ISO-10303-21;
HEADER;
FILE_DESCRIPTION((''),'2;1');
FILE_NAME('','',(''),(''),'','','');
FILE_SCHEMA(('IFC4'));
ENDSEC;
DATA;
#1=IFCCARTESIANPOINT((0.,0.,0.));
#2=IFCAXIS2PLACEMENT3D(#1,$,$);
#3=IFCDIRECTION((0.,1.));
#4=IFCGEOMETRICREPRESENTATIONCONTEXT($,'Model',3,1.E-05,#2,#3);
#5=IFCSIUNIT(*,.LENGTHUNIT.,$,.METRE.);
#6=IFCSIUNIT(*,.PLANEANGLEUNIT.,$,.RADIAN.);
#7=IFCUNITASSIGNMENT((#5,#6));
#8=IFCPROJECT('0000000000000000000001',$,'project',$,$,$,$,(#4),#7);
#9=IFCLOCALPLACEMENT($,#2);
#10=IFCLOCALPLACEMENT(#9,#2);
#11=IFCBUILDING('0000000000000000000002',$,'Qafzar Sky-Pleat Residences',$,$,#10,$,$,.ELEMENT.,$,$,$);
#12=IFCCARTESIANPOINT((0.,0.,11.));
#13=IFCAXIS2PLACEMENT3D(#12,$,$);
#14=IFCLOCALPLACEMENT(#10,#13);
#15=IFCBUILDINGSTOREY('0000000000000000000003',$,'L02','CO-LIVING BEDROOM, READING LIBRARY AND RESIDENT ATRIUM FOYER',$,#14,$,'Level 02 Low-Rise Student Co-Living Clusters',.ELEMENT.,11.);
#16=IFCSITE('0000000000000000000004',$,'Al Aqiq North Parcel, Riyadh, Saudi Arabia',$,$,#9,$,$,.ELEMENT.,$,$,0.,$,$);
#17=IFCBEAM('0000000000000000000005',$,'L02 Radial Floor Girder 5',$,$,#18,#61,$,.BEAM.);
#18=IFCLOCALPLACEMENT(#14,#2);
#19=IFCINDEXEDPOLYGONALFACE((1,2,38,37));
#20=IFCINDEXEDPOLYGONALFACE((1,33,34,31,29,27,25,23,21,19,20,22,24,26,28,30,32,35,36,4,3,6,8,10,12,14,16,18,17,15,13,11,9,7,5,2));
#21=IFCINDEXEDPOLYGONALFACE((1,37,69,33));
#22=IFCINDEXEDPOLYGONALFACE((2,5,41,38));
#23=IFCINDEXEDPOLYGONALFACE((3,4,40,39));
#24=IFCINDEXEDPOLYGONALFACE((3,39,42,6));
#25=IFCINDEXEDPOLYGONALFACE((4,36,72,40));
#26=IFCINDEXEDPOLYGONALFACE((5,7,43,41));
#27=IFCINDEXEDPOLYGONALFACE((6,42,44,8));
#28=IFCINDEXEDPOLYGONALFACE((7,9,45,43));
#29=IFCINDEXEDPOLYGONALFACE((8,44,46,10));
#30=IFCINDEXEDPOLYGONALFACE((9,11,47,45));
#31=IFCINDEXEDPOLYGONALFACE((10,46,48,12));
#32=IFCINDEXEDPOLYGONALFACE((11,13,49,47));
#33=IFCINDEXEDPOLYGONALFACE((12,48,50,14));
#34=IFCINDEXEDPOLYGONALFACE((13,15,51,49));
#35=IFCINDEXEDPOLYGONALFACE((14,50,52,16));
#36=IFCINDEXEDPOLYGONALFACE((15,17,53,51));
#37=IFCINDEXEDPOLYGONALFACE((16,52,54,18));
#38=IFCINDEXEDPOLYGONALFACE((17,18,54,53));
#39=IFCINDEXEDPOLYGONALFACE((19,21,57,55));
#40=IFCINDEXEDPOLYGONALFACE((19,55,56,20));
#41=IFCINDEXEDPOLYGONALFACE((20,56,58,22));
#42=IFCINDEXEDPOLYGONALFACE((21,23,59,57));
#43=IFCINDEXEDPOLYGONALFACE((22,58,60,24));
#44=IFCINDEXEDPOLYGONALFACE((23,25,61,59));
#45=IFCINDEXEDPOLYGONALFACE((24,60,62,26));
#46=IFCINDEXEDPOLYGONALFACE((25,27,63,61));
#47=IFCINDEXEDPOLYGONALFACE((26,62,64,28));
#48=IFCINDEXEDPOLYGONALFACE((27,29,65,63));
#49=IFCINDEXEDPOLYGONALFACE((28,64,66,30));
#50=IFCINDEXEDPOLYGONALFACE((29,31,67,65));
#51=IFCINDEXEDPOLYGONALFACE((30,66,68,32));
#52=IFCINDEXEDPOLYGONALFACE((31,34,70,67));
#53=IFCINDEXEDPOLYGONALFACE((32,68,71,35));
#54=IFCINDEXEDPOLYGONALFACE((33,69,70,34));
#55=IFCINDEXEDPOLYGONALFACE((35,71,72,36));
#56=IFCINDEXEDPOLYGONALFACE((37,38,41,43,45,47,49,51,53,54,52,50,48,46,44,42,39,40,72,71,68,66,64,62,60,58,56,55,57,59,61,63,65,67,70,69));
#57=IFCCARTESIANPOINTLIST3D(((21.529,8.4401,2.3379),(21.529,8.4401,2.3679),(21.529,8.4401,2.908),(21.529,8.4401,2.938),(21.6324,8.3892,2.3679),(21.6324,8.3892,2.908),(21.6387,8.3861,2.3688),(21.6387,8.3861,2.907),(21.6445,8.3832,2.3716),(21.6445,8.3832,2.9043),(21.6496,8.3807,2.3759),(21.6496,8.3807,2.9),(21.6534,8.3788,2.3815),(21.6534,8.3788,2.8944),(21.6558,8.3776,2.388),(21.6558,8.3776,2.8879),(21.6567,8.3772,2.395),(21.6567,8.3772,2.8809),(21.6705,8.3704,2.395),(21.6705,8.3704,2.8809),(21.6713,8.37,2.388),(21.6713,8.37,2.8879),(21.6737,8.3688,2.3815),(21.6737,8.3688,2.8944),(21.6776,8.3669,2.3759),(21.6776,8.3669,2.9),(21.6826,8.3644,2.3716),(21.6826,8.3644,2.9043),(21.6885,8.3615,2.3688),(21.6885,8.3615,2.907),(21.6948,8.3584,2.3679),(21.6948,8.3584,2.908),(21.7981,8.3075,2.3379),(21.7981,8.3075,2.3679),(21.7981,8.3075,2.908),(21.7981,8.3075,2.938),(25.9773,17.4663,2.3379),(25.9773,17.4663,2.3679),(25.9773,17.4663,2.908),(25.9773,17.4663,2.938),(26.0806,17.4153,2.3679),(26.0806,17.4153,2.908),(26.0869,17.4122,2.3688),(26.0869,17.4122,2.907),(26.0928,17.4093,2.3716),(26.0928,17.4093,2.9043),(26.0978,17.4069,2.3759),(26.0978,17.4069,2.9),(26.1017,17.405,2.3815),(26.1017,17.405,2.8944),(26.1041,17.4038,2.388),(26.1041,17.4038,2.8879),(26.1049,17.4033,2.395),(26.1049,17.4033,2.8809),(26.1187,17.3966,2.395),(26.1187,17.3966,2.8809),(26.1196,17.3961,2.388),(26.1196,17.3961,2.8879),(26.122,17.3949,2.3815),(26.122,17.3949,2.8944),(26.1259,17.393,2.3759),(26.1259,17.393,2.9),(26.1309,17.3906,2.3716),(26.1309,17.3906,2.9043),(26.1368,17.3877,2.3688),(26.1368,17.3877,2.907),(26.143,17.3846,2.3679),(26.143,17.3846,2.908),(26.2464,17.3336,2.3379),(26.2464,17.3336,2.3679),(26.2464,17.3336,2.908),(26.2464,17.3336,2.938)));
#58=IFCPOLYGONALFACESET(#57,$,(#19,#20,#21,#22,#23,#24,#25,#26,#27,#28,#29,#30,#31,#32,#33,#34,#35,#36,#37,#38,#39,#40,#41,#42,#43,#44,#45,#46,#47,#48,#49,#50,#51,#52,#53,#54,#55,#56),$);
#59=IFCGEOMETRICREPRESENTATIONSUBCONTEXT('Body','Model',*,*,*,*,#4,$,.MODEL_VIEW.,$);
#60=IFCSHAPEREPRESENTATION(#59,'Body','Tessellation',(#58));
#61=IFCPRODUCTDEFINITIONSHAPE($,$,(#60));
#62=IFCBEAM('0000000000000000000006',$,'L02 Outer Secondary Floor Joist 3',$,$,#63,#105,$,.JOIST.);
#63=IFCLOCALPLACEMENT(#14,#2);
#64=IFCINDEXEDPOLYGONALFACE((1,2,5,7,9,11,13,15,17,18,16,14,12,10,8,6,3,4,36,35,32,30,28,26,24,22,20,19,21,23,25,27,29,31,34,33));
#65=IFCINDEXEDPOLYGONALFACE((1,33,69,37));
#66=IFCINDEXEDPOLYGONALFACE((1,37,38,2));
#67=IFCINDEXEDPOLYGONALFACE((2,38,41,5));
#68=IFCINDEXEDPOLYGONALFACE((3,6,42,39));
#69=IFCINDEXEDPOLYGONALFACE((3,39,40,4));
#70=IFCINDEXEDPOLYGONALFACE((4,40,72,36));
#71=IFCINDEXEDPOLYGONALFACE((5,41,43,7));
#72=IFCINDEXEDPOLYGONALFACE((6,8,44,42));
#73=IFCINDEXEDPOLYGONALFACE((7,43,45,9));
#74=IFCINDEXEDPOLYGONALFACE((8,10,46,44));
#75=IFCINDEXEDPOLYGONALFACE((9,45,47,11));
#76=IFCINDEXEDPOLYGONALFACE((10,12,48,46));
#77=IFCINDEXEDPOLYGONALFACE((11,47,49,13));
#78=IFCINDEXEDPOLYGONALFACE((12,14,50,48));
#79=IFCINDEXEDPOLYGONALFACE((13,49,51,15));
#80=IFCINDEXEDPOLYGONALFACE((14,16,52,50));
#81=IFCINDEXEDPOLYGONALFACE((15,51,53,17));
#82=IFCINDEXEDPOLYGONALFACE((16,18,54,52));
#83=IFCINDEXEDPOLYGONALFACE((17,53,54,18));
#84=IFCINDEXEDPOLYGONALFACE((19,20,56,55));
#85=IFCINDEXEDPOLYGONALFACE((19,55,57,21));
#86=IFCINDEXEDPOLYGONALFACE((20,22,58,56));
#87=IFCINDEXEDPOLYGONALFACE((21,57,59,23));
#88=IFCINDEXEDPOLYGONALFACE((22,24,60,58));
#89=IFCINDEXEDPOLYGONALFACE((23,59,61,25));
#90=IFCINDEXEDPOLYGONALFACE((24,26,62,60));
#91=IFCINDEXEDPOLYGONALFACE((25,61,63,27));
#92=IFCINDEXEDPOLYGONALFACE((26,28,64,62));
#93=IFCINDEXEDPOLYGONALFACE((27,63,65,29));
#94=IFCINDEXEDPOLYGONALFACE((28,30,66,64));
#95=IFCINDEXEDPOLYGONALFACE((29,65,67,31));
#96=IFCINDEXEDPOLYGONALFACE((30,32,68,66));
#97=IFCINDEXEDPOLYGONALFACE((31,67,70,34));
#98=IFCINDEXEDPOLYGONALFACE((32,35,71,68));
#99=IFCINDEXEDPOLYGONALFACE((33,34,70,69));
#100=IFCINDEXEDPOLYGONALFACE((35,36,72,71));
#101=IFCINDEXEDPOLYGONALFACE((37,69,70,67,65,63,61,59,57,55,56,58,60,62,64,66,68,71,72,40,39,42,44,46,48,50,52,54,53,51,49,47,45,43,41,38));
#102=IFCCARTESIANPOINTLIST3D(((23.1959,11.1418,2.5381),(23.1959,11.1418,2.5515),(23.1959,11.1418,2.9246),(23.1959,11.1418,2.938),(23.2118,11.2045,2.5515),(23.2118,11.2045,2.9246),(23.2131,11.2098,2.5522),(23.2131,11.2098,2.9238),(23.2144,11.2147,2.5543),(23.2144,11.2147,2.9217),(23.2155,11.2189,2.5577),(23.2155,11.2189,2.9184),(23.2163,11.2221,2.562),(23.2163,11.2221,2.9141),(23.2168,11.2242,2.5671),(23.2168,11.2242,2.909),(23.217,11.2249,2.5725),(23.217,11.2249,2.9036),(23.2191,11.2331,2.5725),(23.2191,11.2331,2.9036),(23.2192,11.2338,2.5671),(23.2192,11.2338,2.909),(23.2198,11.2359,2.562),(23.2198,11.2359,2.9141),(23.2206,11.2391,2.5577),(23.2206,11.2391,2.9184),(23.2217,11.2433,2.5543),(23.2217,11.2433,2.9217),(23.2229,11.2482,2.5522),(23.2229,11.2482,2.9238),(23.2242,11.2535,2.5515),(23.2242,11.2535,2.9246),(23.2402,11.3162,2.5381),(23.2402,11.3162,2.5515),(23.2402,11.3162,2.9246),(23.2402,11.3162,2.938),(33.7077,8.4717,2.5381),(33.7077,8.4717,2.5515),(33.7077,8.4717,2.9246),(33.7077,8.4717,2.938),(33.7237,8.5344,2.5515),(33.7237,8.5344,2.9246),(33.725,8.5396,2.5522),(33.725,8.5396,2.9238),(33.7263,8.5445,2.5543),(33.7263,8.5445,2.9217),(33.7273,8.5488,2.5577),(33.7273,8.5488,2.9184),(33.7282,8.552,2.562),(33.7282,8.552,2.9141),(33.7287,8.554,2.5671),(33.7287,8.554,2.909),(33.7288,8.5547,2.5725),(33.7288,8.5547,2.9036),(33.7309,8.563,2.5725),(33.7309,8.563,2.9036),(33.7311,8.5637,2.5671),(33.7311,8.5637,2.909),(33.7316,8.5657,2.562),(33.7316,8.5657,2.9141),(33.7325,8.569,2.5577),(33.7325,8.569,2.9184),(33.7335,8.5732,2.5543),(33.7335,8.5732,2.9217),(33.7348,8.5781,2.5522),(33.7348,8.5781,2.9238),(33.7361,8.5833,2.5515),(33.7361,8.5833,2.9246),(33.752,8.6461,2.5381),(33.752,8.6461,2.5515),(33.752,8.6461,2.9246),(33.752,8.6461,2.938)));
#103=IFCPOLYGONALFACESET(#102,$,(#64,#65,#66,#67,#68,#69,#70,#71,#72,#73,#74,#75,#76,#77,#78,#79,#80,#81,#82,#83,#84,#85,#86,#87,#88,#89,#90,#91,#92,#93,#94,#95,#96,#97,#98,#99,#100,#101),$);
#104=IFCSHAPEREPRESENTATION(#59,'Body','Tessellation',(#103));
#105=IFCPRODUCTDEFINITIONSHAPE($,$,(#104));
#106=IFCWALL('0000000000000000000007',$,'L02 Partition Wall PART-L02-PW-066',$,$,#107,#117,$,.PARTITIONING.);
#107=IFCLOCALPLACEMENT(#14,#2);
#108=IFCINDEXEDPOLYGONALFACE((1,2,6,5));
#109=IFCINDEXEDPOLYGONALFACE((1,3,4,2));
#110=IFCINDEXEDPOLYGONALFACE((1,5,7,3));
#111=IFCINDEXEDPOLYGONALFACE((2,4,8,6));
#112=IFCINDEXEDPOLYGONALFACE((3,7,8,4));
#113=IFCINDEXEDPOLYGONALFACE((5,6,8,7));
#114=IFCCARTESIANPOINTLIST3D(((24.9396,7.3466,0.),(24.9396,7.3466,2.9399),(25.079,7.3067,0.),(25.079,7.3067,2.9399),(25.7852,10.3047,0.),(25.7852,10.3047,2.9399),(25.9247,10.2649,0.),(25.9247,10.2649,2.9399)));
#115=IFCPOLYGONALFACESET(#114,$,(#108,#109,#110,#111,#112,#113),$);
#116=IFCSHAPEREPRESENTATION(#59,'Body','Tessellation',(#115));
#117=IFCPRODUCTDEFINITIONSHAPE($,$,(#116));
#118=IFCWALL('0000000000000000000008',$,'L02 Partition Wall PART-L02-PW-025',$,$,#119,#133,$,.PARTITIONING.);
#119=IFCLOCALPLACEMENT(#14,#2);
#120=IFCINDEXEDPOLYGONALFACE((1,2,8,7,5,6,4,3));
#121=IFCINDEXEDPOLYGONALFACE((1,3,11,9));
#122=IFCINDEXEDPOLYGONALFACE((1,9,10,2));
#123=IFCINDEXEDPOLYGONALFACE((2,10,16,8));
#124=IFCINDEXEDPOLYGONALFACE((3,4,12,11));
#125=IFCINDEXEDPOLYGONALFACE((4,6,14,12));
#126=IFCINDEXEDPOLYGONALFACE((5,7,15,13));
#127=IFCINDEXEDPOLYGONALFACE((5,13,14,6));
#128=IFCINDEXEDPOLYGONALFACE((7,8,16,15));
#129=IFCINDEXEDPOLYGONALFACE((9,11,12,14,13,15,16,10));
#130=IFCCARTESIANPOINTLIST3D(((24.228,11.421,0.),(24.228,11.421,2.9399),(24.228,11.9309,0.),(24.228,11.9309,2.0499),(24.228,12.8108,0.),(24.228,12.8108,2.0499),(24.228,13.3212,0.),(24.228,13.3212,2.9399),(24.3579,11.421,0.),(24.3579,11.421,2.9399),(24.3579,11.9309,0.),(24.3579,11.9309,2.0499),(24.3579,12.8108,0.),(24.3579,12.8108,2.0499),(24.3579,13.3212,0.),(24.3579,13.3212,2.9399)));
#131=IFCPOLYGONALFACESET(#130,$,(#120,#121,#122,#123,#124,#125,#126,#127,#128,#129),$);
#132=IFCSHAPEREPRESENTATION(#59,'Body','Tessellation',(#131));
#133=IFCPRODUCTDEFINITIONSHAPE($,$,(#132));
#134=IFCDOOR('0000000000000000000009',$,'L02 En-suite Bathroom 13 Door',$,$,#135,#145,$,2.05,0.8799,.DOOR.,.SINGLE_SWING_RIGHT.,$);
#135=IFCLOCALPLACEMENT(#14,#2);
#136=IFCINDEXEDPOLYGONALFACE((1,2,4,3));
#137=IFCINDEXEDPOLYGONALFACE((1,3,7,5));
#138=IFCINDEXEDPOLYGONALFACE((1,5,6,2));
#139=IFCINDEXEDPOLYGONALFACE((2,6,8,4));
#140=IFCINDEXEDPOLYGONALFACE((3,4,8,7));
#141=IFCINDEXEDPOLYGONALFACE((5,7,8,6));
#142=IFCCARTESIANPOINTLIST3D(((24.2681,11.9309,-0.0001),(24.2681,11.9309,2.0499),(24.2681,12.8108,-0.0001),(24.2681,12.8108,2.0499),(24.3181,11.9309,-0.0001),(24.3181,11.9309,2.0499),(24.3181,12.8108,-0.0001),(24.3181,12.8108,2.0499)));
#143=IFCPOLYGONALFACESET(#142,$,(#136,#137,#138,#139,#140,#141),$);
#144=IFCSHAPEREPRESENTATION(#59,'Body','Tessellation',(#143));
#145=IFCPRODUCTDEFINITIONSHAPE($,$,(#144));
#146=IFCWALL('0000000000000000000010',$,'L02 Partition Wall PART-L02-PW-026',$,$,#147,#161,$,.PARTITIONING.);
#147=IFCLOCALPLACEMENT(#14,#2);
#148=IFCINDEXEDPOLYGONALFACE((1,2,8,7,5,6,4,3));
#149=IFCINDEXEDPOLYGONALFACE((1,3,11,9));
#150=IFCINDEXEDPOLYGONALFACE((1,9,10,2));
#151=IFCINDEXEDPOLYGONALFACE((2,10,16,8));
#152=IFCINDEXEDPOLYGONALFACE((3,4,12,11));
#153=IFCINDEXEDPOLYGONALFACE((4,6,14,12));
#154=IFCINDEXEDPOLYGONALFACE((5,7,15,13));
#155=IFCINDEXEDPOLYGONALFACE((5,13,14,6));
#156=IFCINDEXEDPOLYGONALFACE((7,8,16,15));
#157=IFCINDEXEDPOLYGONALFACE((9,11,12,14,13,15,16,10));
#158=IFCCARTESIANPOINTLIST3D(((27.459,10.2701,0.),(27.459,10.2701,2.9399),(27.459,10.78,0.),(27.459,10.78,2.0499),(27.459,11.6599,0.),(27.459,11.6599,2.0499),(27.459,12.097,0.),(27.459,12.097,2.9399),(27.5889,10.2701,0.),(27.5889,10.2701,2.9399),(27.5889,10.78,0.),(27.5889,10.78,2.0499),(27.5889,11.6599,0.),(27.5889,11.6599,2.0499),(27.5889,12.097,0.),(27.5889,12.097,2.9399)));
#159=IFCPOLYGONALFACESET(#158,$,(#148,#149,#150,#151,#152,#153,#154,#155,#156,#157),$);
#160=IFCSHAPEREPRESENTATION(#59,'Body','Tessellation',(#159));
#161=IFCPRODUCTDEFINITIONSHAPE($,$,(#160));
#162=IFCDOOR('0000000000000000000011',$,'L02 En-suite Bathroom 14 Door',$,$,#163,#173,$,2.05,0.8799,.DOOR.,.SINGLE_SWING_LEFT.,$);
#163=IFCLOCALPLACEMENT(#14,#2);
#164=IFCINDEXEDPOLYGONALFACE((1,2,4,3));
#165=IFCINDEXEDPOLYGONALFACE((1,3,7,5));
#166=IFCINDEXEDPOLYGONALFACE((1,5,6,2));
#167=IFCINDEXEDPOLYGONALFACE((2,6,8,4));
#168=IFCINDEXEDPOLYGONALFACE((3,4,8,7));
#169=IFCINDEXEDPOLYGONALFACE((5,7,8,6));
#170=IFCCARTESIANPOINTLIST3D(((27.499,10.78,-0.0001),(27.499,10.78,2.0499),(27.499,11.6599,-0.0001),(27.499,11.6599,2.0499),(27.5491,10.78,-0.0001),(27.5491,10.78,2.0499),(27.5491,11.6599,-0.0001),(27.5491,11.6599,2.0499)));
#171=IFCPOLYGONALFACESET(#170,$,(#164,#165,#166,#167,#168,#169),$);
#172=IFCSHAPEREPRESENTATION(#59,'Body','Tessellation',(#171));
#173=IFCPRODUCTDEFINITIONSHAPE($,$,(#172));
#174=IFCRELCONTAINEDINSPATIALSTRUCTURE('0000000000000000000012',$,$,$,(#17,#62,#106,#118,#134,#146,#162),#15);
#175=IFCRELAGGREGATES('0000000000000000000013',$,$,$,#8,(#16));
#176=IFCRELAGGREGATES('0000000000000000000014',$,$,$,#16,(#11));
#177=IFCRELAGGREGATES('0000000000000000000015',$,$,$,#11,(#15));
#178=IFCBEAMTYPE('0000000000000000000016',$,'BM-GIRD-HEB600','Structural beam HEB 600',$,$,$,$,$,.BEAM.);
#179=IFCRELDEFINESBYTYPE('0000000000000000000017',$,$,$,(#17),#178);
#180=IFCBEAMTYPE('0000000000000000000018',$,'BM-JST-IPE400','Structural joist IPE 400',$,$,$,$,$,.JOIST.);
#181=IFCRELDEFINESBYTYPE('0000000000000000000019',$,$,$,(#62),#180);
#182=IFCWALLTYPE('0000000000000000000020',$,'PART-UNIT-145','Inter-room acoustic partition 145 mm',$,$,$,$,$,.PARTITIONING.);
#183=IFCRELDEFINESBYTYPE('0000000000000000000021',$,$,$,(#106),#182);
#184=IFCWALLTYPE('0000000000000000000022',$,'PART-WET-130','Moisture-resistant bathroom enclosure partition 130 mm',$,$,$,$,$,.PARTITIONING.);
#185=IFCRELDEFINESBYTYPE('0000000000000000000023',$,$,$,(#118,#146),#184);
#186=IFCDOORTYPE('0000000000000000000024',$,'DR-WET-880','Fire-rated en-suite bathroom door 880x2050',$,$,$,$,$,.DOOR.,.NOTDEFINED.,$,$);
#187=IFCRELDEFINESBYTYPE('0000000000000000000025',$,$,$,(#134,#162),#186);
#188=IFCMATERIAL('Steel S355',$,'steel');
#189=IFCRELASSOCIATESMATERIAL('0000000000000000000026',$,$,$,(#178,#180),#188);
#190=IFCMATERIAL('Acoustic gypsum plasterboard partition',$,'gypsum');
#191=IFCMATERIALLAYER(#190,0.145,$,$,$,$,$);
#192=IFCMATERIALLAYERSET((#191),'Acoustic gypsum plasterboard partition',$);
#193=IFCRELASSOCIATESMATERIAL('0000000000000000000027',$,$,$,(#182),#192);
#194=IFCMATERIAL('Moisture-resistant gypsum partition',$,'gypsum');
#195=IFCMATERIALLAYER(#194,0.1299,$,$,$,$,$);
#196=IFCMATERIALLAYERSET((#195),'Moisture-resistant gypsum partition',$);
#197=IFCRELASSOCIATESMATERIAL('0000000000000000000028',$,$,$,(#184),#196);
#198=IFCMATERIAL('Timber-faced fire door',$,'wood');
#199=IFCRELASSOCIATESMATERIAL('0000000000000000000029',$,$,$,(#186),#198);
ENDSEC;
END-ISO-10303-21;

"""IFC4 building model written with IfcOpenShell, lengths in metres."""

from ifc_helpers import new_model, si_unit, direction, frame, frame_2d, origin, origin_2d, place, context, subcontext, project, spatial, rectangle, i_section, extrude, source, transform, mapped, material, layer, layer_set, material_profile, profile_set, type_object, element, fill, save


model = new_model("IFC4")

# Units and contexts
model_context = context("Model", 3, precision=1e-05, world=origin(), true_north=direction((0.0, 1.0)))
body_context = subcontext(model_context, "Body", "Model", "MODEL_VIEW")
ifc_project = project(units=[si_unit("LENGTHUNIT", "METRE"), si_unit("PLANEANGLEUNIT", "RADIAN")], contexts=[model_context])

# Site, building, storey
site_placement = place(None, origin())
site = spatial("IfcSite", under=ifc_project, at=site_placement, Name="Al Aqiq North Parcel, Riyadh, Saudi Arabia", CompositionType="ELEMENT", RefElevation=0.0)
building_placement = place(site_placement, origin())
building = spatial("IfcBuilding", under=site, at=building_placement, Name="Qafzar Sky-Pleat Residences", CompositionType="ELEMENT")
storey_placement = place(building_placement, frame((0.0, 0.0, 11.0)))
storey = spatial("IfcBuildingStorey", under=building, at=storey_placement, Name="L02", Description="CO-LIVING BEDROOM, READING LIBRARY AND RESIDENT ATRIUM FOYER", LongName="Level 02 Low-Rise Student Co-Living Clusters", CompositionType="ELEMENT", Elevation=11.0)

# Beams
ifc_material_1 = material(Name="Steel S355", Category="steel")
ifc_material_profile_1 = material_profile(ifc_material_1, i_section(OverallWidth=0.3, OverallDepth=0.6001, WebThickness=0.0154, FlangeThickness=0.03, FilletRadius=0.0271, at=origin_2d()), Name="HEB 600")
ifc_profile_set_1 = profile_set([ifc_material_profile_1], Name="Steel S355")
beam_type_1 = type_object("IfcBeamType", Name="BM-GIRD-HEB600", Description="Structural beam HEB 600", PredefinedType="BEAM", material=ifc_profile_set_1)
shared_shape_1 = source(origin(), body_context, "Body", "SweptSolid", [
    extrude(i_section(OverallWidth=0.3, OverallDepth=0.6001, WebThickness=0.0154, FlangeThickness=0.03, FilletRadius=0.0271, at=origin_2d()), origin(), (0.0, 0.0, 1.0), 10.0627),
])
beam_1_placement = place(storey_placement, frame((21.6636, 8.3738, 2.6379), z_axis=(0.442053, 0.896989, 0.0), x_axis=(-0.896989, 0.442053, 0.0)))
element("IfcBeam", 1, at=beam_1_placement, inside=storey, type_object=beam_type_1, Name="L02 Radial Floor Girder 5", PredefinedType="BEAM", context=body_context, shape_type="MappedRepresentation", body=[
    mapped(shared_shape_1, transform((0.0, 0.0, 0.0), x_axis=(1.0, 0.0, 0.0), y_axis=(0.0, 1.0, 0.0), z_axis=(0.0, 0.0, 1.0), scale=1.0)),
])
ifc_material_profile_2 = material_profile(ifc_material_1, i_section(OverallWidth=0.1799, OverallDepth=0.3999, WebThickness=0.0085, FlangeThickness=0.0134, FilletRadius=0.021, at=origin_2d()), Name="IPE 400")
ifc_profile_set_2 = profile_set([ifc_material_profile_2], Name="Steel S355")
beam_type_2 = type_object("IfcBeamType", Name="BM-JST-IPE400", Description="Structural joist IPE 400", PredefinedType="JOIST", material=ifc_profile_set_2)
shared_shape_2 = source(origin(), body_context, "Body", "SweptSolid", [
    extrude(i_section(OverallWidth=0.1799, OverallDepth=0.3999, WebThickness=0.0085, FlangeThickness=0.0134, FilletRadius=0.021, at=origin_2d()), origin(), (0.0, 0.0, 1.0), 10.8457),
])
beam_2_placement = place(storey_placement, frame((23.218, 11.229, 2.738), z_axis=(0.969221, -0.246194, 0.0), x_axis=(0.246194, 0.969221, 0.0)))
element("IfcBeam", 2, at=beam_2_placement, inside=storey, type_object=beam_type_2, Name="L02 Outer Secondary Floor Joist 3", PredefinedType="JOIST", context=body_context, shape_type="MappedRepresentation", body=[
    mapped(shared_shape_2, transform((0.0, 0.0, 0.0), x_axis=(1.0, 0.0, 0.0), y_axis=(0.0, 1.0, 0.0), z_axis=(0.0, 0.0, 1.0), scale=1.0)),
])

# Wall
ifc_material_2 = material(Name="Acoustic gypsum plasterboard partition", Category="gypsum")
ifc_layer_1 = layer(ifc_material_2, 0.145)
ifc_layer_set_1 = layer_set([ifc_layer_1], Name="Acoustic gypsum plasterboard partition")
wall_type_1 = type_object("IfcWallType", Name="PART-UNIT-145", Description="Inter-room acoustic partition 145 mm", PredefinedType="PARTITIONING", material=ifc_layer_set_1)
wall_1_placement = place(storey_placement, frame((25.0093, 7.3267, 0.0), z_axis=(0.0, 0.0, 1.0), x_axis=(0.274868, 0.961482, 0.0)))
element("IfcWall", 3, at=wall_1_placement, inside=storey, type_object=wall_type_1, Name="L02 Partition Wall PART-L02-PW-066", PredefinedType="PARTITIONING", context=body_context, shape_type="SweptSolid", body=[
    extrude(rectangle(XDim=3.0767, YDim=0.145, at=frame_2d((1.5383, 0.0))), origin(), (0.0, 0.0, 1.0), 2.9399),
])

# Walls, openings, doors
ifc_material_3 = material(Name="Moisture-resistant gypsum partition", Category="gypsum")
ifc_layer_2 = layer(ifc_material_3, 0.1299)
ifc_layer_set_2 = layer_set([ifc_layer_2], Name="Moisture-resistant gypsum partition")
wall_type_2 = type_object("IfcWallType", Name="PART-WET-130", Description="Moisture-resistant bathroom enclosure partition 130 mm", PredefinedType="PARTITIONING", material=ifc_layer_set_2)
wall_2_placement = place(storey_placement, frame((24.293, 11.4209, 0.0), z_axis=(0.0, 0.0, 1.0), x_axis=(0.0, 1.0, 0.0)))
wall_2 = element("IfcWall", 4, at=wall_2_placement, inside=storey, type_object=wall_type_2, Name="L02 Partition Wall PART-L02-PW-025", PredefinedType="PARTITIONING", context=body_context, shape_type="SweptSolid", body=[
    extrude(rectangle(XDim=1.9001, YDim=0.1299, at=frame_2d((0.9502, 0.0))), origin(), (0.0, 0.0, 1.0), 2.9399),
])
opening_1_placement = place(wall_2_placement, frame((0.51, 0.0, 0.0)))
opening_1 = element("IfcOpeningElement", 5, at=opening_1_placement, cuts=wall_2, PredefinedType="OPENING", context=body_context, shape_type="SweptSolid", body=[
    extrude(rectangle(XDim=0.8799, YDim=2.05, at=frame_2d((0.4399, 1.0249))), frame((0.0, 0.075, 0.0), z_axis=(0.0, -1.0, 0.0), x_axis=(1.0, 0.0, 0.0)), (0.0, 0.0, 1.0), 0.1499),
])
ifc_material_4 = material(Name="Timber-faced fire door", Category="wood")
door_type = type_object("IfcDoorType", Name="DR-WET-880", Description="Fire-rated en-suite bathroom door 880x2050", OperationType="NOTDEFINED", PredefinedType="DOOR", material=ifc_material_4)
shared_shape_3 = source(origin(), body_context, "Body", "SweptSolid", [
    extrude(rectangle(XDim=0.8799, YDim=2.05, at=frame_2d((0.4399, 1.0249))), frame((0.0, 0.0249, 0.0), z_axis=(0.0, -1.0, 0.0), x_axis=(1.0, 0.0, 0.0)), (0.0, 0.0, 1.0), 0.05),
])
door_1_placement = place(opening_1_placement, origin())
door_1 = element("IfcDoor", 6, at=door_1_placement, inside=storey, type_object=door_type, Name="L02 En-suite Bathroom 13 Door", OperationType="SINGLE_SWING_RIGHT", OverallHeight=2.05, OverallWidth=0.8799, PredefinedType="DOOR", context=body_context, shape_type="MappedRepresentation", body=[
    mapped(shared_shape_3, transform((0.0, 0.0, 0.0), x_axis=(1.0, 0.0, 0.0), y_axis=(0.0, 1.0, 0.0), z_axis=(0.0, 0.0, 1.0), scale=1.0)),
])
fill(opening_1, door_1)
wall_3_placement = place(storey_placement, frame((27.5239, 10.27, 0.0), z_axis=(0.0, 0.0, 1.0), x_axis=(0.0, 1.0, 0.0)))
wall_3 = element("IfcWall", 7, at=wall_3_placement, inside=storey, type_object=wall_type_2, Name="L02 Partition Wall PART-L02-PW-026", PredefinedType="PARTITIONING", context=body_context, shape_type="SweptSolid", body=[
    extrude(rectangle(XDim=1.8269, YDim=0.1299, at=frame_2d((0.9136, 0.0))), origin(), (0.0, 0.0, 1.0), 2.9399),
])
opening_2_placement = place(wall_3_placement, frame((0.51, 0.0, 0.0)))
opening_2 = element("IfcOpeningElement", 8, at=opening_2_placement, cuts=wall_3, PredefinedType="OPENING", context=body_context, shape_type="SweptSolid", body=[
    extrude(rectangle(XDim=0.8799, YDim=2.05, at=frame_2d((0.4399, 1.0249))), frame((0.0, 0.075, 0.0), z_axis=(0.0, -1.0, 0.0), x_axis=(1.0, 0.0, 0.0)), (0.0, 0.0, 1.0), 0.1499),
])
door_2_placement = place(opening_2_placement, origin())
door_2 = element("IfcDoor", 9, at=door_2_placement, inside=storey, type_object=door_type, Name="L02 En-suite Bathroom 14 Door", OperationType="SINGLE_SWING_LEFT", OverallHeight=2.05, OverallWidth=0.8799, PredefinedType="DOOR", context=body_context, shape_type="MappedRepresentation", body=[
    mapped(shared_shape_3, transform((0.0, 0.0, 0.0), x_axis=(1.0, 0.0, 0.0), y_axis=(0.0, 1.0, 0.0), z_axis=(0.0, 0.0, 1.0), scale=1.0)),
])
fill(opening_2, door_2)

save(model, "model.ifc")
